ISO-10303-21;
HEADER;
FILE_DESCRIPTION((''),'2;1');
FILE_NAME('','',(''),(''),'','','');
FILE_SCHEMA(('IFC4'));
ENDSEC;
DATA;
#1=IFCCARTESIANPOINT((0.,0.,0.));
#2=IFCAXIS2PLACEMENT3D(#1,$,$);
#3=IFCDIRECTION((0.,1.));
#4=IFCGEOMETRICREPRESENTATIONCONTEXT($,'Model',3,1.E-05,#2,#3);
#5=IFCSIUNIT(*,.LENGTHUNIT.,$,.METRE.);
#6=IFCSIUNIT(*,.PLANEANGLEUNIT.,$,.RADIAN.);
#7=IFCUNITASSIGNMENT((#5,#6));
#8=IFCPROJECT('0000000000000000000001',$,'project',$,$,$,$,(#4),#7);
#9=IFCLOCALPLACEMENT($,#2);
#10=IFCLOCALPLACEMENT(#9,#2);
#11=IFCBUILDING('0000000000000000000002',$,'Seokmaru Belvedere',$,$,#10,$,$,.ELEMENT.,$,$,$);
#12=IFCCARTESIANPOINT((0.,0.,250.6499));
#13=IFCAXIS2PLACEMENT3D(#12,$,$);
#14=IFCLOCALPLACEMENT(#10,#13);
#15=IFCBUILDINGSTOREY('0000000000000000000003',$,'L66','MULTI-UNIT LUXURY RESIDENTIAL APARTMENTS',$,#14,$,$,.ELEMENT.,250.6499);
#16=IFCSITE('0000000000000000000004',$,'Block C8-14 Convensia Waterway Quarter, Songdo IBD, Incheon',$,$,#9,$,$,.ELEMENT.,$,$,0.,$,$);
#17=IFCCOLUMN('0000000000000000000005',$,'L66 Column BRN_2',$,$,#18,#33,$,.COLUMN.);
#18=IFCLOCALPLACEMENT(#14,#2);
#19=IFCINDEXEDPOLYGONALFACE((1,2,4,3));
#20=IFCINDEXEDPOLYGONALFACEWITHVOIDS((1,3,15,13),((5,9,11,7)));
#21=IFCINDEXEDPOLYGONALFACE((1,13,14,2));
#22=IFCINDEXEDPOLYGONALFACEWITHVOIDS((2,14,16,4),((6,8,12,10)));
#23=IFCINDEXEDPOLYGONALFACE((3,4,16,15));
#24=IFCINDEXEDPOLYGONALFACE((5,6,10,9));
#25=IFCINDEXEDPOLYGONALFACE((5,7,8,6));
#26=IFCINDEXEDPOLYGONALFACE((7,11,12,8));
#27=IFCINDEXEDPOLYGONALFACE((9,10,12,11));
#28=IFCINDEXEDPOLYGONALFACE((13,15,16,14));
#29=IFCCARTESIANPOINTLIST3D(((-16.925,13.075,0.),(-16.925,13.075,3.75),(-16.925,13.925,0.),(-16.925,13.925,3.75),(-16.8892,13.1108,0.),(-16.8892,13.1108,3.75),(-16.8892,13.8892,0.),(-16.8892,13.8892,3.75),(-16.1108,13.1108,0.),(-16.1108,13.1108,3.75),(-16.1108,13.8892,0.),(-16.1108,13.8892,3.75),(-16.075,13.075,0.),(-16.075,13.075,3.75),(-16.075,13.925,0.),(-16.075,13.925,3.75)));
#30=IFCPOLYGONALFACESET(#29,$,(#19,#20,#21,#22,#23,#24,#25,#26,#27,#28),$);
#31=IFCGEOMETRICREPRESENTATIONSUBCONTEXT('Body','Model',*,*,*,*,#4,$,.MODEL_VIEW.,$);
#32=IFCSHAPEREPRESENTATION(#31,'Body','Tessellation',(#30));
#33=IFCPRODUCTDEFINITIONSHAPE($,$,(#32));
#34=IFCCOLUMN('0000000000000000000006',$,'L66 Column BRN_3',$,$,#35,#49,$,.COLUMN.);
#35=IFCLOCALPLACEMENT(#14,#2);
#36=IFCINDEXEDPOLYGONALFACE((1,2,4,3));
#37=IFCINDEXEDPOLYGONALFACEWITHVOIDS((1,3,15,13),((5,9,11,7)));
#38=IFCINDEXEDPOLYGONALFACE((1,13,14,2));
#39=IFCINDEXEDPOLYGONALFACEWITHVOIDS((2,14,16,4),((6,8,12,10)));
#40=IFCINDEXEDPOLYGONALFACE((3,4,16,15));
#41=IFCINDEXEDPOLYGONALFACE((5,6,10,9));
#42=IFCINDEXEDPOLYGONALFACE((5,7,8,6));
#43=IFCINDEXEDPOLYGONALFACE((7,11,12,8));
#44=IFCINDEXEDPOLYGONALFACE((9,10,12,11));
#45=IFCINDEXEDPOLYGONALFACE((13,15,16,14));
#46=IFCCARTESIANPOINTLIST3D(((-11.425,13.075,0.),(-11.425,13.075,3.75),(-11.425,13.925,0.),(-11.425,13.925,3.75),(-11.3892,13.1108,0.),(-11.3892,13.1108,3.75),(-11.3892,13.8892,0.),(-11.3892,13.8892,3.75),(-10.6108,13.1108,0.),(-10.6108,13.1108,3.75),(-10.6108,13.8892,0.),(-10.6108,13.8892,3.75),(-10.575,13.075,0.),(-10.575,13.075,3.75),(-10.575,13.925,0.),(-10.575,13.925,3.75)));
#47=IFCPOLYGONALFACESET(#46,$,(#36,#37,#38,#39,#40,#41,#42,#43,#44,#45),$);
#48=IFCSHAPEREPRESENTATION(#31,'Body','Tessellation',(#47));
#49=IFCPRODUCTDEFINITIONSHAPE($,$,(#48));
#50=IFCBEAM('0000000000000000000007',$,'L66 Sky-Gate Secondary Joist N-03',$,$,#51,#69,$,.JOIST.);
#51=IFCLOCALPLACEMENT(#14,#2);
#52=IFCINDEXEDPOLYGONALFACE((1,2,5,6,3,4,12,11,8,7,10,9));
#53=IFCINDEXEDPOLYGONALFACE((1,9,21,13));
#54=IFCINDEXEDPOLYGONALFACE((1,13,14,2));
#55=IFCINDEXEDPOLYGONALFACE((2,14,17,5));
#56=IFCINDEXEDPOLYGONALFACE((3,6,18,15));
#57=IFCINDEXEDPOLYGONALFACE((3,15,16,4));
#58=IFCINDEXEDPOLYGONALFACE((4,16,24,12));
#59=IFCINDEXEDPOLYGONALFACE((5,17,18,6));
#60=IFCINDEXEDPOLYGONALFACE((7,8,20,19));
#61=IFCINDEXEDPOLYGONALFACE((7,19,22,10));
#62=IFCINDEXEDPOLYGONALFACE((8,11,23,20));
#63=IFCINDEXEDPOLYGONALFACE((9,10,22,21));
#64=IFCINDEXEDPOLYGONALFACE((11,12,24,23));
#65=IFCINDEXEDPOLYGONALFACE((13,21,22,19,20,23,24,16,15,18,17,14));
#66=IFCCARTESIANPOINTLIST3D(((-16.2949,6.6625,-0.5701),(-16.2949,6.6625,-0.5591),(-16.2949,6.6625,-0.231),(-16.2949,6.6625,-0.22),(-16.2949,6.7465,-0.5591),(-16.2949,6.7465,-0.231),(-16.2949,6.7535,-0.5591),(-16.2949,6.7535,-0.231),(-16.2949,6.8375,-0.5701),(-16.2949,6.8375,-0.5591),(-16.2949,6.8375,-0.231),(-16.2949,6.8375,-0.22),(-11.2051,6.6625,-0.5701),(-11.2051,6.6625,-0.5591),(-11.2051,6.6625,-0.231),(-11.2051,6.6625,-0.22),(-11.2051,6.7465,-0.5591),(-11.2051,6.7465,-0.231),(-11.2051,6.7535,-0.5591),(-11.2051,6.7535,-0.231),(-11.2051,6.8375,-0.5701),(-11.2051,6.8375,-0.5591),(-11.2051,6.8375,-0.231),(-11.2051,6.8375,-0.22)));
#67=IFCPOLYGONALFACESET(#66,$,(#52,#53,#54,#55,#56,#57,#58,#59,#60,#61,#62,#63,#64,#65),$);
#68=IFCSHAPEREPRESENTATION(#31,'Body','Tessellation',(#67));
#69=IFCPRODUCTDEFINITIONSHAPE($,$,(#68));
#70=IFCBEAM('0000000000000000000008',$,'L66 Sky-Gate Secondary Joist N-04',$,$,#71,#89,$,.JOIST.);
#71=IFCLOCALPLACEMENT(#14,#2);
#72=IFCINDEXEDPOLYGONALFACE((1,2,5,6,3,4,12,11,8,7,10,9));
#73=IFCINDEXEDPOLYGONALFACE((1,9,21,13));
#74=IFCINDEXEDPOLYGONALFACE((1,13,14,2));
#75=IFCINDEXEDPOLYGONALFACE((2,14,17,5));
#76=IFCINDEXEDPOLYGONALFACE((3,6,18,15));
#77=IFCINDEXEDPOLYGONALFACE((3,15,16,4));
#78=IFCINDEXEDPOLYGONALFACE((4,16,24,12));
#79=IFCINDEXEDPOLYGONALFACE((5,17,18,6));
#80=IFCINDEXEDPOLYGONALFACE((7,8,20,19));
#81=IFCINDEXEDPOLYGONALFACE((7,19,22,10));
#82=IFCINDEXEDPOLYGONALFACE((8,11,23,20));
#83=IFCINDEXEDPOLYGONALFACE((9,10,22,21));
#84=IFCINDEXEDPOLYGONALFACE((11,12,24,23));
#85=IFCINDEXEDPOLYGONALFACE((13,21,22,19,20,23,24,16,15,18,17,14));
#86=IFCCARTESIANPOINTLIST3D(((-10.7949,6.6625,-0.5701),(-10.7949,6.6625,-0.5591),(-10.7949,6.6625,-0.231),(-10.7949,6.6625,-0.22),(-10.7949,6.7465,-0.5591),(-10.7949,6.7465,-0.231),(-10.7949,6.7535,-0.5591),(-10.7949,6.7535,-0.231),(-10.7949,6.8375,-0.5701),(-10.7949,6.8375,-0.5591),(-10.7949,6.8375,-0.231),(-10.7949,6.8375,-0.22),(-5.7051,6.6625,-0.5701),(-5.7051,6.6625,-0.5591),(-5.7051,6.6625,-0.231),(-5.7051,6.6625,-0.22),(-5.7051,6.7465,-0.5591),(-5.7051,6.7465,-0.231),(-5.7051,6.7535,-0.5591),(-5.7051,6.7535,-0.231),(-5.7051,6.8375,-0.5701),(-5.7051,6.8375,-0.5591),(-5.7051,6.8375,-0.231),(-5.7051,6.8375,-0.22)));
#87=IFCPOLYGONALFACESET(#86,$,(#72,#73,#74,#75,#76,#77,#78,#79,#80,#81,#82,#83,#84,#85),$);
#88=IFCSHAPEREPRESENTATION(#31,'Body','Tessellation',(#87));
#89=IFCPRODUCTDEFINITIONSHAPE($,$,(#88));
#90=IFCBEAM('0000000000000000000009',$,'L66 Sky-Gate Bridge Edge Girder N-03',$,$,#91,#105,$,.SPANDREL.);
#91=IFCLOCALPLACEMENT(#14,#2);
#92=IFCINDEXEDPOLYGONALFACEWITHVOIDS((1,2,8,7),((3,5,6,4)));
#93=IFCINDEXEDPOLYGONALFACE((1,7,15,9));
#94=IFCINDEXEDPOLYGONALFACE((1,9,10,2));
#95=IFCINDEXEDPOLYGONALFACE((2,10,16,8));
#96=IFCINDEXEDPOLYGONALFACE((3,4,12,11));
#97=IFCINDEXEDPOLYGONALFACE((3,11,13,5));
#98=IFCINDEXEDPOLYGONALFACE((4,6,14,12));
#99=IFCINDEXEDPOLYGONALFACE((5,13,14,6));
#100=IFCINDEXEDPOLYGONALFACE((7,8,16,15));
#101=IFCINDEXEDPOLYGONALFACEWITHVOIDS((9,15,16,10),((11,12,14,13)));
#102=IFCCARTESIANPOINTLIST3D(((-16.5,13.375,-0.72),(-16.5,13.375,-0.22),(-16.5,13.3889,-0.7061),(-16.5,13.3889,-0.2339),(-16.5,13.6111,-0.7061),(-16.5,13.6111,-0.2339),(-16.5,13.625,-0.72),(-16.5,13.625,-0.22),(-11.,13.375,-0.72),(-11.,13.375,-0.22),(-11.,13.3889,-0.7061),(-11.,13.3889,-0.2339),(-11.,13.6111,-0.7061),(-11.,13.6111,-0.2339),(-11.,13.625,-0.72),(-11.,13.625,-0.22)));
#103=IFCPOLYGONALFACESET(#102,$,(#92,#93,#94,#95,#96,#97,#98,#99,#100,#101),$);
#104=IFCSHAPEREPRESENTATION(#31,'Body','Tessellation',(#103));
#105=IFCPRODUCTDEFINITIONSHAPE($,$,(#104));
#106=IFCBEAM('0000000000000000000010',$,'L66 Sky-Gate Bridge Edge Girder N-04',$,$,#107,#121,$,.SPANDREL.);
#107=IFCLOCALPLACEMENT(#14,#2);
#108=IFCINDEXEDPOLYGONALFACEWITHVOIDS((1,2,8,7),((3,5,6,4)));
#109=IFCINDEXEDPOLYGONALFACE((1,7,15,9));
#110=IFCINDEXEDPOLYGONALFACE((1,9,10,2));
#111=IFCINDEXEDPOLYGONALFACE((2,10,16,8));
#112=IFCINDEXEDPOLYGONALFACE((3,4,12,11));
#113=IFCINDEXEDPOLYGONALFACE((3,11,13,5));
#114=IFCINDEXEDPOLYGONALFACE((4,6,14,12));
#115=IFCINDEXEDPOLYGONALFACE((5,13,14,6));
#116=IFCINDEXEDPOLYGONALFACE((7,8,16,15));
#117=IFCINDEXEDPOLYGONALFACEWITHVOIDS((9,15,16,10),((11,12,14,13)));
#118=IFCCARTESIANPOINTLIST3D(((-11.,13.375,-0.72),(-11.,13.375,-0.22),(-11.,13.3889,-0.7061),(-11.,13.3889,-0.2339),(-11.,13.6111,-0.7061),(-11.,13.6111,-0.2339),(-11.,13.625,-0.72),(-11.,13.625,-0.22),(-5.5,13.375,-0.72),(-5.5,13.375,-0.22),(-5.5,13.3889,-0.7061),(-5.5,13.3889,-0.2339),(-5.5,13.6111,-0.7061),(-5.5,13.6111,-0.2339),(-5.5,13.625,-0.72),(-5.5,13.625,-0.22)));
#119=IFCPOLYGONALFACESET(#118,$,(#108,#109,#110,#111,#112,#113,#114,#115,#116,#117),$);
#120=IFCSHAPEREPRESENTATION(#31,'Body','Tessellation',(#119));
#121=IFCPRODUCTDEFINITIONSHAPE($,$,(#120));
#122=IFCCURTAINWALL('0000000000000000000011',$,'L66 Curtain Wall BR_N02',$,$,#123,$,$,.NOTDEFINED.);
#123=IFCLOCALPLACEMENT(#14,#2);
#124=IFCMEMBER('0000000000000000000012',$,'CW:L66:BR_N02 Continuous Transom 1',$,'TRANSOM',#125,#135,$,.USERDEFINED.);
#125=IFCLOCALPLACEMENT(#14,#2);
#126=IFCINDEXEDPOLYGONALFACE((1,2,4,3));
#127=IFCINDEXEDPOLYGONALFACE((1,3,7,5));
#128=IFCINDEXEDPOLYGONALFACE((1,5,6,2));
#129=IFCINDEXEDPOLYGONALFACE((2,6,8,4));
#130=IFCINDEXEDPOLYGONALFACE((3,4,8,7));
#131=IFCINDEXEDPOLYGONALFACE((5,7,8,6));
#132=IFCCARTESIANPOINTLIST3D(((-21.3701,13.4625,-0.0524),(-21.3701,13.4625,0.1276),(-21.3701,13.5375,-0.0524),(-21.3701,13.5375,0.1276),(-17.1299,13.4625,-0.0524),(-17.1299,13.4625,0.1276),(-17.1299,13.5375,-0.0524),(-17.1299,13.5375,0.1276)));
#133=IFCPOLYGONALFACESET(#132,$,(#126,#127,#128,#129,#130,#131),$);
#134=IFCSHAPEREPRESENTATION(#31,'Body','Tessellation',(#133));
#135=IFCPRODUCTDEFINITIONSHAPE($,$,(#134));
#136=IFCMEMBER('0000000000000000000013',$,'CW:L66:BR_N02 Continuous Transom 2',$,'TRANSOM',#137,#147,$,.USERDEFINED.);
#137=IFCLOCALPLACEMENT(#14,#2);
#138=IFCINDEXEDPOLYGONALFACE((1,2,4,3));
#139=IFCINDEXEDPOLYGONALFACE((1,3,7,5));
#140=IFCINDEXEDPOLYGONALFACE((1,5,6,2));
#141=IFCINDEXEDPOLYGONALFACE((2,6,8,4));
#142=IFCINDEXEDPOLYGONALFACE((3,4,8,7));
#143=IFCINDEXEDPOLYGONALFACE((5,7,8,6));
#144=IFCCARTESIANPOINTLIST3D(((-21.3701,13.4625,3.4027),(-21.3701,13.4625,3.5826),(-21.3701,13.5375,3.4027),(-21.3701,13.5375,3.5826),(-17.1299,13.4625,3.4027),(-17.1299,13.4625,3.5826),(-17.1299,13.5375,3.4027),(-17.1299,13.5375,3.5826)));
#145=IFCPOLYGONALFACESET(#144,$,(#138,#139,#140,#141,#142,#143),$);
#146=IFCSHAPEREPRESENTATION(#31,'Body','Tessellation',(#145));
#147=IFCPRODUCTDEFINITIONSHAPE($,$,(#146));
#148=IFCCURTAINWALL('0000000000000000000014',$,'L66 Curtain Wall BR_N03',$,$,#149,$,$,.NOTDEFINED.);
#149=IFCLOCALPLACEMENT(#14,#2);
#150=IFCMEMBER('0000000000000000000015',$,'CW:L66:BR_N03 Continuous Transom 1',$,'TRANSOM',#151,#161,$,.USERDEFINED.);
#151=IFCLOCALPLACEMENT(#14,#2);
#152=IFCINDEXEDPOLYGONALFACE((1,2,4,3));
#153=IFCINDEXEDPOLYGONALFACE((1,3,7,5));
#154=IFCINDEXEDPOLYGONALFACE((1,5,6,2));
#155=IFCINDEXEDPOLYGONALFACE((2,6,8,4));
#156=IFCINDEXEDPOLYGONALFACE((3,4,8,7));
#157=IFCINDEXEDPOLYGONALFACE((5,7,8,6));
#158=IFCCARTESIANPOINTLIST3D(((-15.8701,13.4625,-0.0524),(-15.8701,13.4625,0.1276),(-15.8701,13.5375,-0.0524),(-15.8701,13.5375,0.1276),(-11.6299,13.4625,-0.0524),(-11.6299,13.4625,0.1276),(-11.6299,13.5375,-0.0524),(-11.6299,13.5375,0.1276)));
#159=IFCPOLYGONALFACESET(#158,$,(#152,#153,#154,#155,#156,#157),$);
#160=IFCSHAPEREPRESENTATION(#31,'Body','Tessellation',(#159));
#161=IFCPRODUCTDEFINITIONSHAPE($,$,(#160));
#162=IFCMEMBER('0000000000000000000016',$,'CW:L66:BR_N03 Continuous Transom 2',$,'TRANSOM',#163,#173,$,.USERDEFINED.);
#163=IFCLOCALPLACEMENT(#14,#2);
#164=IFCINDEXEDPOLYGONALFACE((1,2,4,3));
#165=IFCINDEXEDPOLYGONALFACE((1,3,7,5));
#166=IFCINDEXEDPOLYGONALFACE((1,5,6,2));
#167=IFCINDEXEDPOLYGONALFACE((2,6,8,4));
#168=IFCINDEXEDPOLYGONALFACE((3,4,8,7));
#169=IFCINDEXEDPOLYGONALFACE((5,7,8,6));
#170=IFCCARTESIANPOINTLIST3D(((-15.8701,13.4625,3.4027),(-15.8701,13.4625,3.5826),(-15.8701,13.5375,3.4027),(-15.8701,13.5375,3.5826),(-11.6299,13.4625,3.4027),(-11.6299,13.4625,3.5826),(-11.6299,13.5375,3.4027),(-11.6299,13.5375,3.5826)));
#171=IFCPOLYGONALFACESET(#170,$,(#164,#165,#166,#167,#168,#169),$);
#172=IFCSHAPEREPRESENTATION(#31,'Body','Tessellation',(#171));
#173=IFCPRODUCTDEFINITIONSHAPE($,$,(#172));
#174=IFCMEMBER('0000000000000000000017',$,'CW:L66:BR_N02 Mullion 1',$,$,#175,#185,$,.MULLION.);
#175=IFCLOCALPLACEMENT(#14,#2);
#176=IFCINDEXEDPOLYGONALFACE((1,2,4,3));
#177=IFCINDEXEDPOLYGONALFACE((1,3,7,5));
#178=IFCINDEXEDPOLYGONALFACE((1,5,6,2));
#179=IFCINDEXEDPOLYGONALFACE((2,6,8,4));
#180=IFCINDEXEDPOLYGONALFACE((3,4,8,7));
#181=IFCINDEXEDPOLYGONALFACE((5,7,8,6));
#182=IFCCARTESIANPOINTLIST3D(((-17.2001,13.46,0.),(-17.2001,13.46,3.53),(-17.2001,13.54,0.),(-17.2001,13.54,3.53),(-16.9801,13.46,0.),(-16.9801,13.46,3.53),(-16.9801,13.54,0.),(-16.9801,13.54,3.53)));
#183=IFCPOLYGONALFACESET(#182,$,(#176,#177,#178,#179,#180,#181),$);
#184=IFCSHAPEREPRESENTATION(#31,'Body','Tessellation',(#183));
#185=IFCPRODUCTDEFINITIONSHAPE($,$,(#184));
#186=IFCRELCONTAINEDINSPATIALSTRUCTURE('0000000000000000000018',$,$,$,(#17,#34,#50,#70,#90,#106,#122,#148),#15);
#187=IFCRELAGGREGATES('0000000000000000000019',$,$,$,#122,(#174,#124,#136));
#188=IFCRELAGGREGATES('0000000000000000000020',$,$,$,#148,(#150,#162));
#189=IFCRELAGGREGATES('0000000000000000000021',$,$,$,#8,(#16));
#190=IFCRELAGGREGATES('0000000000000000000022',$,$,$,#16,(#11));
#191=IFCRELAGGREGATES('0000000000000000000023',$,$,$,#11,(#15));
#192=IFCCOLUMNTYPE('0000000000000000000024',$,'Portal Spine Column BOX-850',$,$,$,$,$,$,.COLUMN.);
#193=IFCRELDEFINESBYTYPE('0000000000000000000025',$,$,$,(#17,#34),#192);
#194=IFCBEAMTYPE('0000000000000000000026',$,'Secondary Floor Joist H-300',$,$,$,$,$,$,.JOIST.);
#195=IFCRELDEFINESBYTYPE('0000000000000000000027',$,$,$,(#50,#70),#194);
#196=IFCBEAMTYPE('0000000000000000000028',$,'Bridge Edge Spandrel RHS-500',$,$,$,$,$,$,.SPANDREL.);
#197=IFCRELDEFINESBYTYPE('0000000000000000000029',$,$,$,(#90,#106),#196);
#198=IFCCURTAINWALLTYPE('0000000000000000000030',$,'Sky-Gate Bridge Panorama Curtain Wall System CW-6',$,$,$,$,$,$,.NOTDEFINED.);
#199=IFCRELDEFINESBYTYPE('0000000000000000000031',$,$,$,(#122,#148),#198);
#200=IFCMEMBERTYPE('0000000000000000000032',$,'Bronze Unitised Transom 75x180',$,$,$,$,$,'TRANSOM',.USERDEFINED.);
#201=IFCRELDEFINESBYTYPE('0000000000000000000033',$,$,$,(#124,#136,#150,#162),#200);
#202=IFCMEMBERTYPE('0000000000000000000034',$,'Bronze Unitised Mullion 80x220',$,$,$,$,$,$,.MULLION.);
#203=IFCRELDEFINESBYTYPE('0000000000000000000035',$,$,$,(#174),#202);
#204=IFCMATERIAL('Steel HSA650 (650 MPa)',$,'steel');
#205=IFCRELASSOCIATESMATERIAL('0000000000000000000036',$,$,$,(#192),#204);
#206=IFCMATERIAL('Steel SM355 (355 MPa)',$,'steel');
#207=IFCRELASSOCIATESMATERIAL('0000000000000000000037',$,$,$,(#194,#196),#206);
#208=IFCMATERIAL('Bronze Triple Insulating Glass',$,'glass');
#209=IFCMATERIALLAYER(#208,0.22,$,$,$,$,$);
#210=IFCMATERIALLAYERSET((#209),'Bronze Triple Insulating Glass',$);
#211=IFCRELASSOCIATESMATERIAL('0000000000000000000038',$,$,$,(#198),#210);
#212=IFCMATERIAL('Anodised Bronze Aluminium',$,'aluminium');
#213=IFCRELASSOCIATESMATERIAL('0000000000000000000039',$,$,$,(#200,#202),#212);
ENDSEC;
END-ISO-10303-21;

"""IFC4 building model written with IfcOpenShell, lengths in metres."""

from ifc_helpers import new_model, si_unit, direction, frame, origin, origin_2d, place, context, subcontext, project, spatial, rectangle, hollow_rectangle, i_section, extrude, source, transform, mapped, material, layer, layer_set, material_profile, profile_set, type_object, type_shapes, element, aggregate, save


model = new_model("IFC4")

# Units and contexts
model_context = context("Model", 3, precision=1e-05, world=origin(), true_north=direction((0.0, 1.0)))
body_context = subcontext(model_context, "Body", "Model", "MODEL_VIEW")
ifc_project = project(units=[si_unit("LENGTHUNIT", "METRE"), si_unit("PLANEANGLEUNIT", "RADIAN")], contexts=[model_context])

# Site, building, storey
site_placement = place(None, origin())
site = spatial("IfcSite", under=ifc_project, at=site_placement, Name="Block C8-14 Convensia Waterway Quarter, Songdo IBD, Incheon", CompositionType="ELEMENT", RefElevation=0.0)
building_placement = place(site_placement, origin())
building = spatial("IfcBuilding", under=site, at=building_placement, Name="Seokmaru Belvedere", CompositionType="ELEMENT")
storey_placement = place(building_placement, frame((0.0, 0.0, 250.6499)))
storey = spatial("IfcBuildingStorey", under=building, at=storey_placement, Name="L66", Description="MULTI-UNIT LUXURY RESIDENTIAL APARTMENTS", CompositionType="ELEMENT", Elevation=250.6499)

# Columns
ifc_material_1 = material(Name="Steel HSA650 (650 MPa)", Category="steel")
ifc_material_profile_1 = material_profile(ifc_material_1, hollow_rectangle(XDim=0.8501, YDim=0.8501, WallThickness=0.0359, at=origin_2d()), Name="BOX-850x850x36")
ifc_profile_set_1 = profile_set([ifc_material_profile_1], Name="Steel HSA650 (650 MPa)")
column_type = type_object("IfcColumnType", Name="Portal Spine Column BOX-850", PredefinedType="COLUMN", material=ifc_profile_set_1)
shared_shape_1 = source(origin(), body_context, "Body", "SweptSolid", [
    extrude(hollow_rectangle(XDim=0.8501, YDim=0.8501, WallThickness=0.0359, at=origin_2d()), origin(), (0.0, 0.0, 1.0), 3.75),
])
type_shapes(column_type, [shared_shape_1])
for number, where, z_axis, x_axis, name in (
    (1, (-16.5, 13.5, 0.0), (0.0, 0.0, 1.0), (1.0, 0.0, 0.0), "L66 Column BRN_2"),
    (2, (-11.0, 13.5, 0.0), (0.0, 0.0, 1.0), (1.0, 0.0, 0.0), "L66 Column BRN_3"),
):
    element("IfcColumn", number, at=place(storey_placement, frame(where, z_axis=z_axis, x_axis=x_axis)), inside=storey, type_object=column_type, Name=name, PredefinedType="COLUMN", context=body_context, shape_type="MappedRepresentation", body=[
        mapped(shared_shape_1, transform((0.0, 0.0, 0.0), scale=1.0)),
    ])

# Beams
ifc_material_2 = material(Name="Steel SM355 (355 MPa)", Category="steel")
ifc_material_profile_2 = material_profile(ifc_material_2, i_section(OverallWidth=0.175, OverallDepth=0.3501, WebThickness=0.0071, FlangeThickness=0.011, at=origin_2d()), Name="H-350x175x7x11")
ifc_profile_set_2 = profile_set([ifc_material_profile_2], Name="Steel SM355 (355 MPa)")
beam_type_1 = type_object("IfcBeamType", Name="Secondary Floor Joist H-300", PredefinedType="JOIST", material=ifc_profile_set_2)
shared_shape_2 = source(origin(), body_context, "Body", "SweptSolid", [
    extrude(i_section(OverallWidth=0.175, OverallDepth=0.3501, WebThickness=0.0071, FlangeThickness=0.011, at=origin_2d()), origin(), (0.0, 0.0, 1.0), 5.0898),
])
type_shapes(beam_type_1, [shared_shape_2])
for number, where, z_axis, x_axis, name in (
    (3, (-16.2949, 6.75, -0.395), (1.0, 0.0, 0.0), (0.0, 1.0, 0.0), "L66 Sky-Gate Secondary Joist N-03"),
    (4, (-10.7949, 6.75, -0.395), (1.0, 0.0, 0.0), (0.0, 1.0, 0.0), "L66 Sky-Gate Secondary Joist N-04"),
):
    element("IfcBeam", number, at=place(storey_placement, frame(where, z_axis=z_axis, x_axis=x_axis)), inside=storey, type_object=beam_type_1, Name=name, PredefinedType="JOIST", context=body_context, shape_type="MappedRepresentation", body=[
        mapped(shared_shape_2, transform((0.0, 0.0, 0.0), scale=1.0)),
    ])
ifc_material_profile_3 = material_profile(ifc_material_2, hollow_rectangle(XDim=0.25, YDim=0.5, WallThickness=0.0139, at=origin_2d()), Name="RHS-500x250x14")
ifc_profile_set_3 = profile_set([ifc_material_profile_3], Name="Steel SM355 (355 MPa)")
beam_type_2 = type_object("IfcBeamType", Name="Bridge Edge Spandrel RHS-500", PredefinedType="SPANDREL", material=ifc_profile_set_3)
shared_shape_3 = source(origin(), body_context, "Body", "SweptSolid", [
    extrude(hollow_rectangle(XDim=0.25, YDim=0.5, WallThickness=0.0139, at=origin_2d()), origin(), (0.0, 0.0, 1.0), 5.5),
])
type_shapes(beam_type_2, [shared_shape_3])
for number, where, z_axis, x_axis, name in (
    (5, (-16.5, 13.5, -0.47), (1.0, 0.0, 0.0), (0.0, 1.0, 0.0), "L66 Sky-Gate Bridge Edge Girder N-03"),
    (6, (-11.0, 13.5, -0.47), (1.0, 0.0, 0.0), (0.0, 1.0, 0.0), "L66 Sky-Gate Bridge Edge Girder N-04"),
):
    element("IfcBeam", number, at=place(storey_placement, frame(where, z_axis=z_axis, x_axis=x_axis)), inside=storey, type_object=beam_type_2, Name=name, PredefinedType="SPANDREL", context=body_context, shape_type="MappedRepresentation", body=[
        mapped(shared_shape_3, transform((0.0, 0.0, 0.0), scale=1.0)),
    ])

# Curtain walls, members
ifc_material_3 = material(Name="Bronze Triple Insulating Glass", Category="glass")
ifc_layer_1 = layer(ifc_material_3, 0.22)
ifc_layer_set_1 = layer_set([ifc_layer_1], Name="Bronze Triple Insulating Glass")
curtain_wall_type = type_object("IfcCurtainWallType", Name="Sky-Gate Bridge Panorama Curtain Wall System CW-6", PredefinedType="NOTDEFINED", material=ifc_layer_set_1)
curtain_wall_1_placement = place(storey_placement, origin())
curtain_wall_1 = element("IfcCurtainWall", 7, at=curtain_wall_1_placement, inside=storey, type_object=curtain_wall_type, Name="L66 Curtain Wall BR_N02", PredefinedType="NOTDEFINED")
ifc_material_4 = material(Name="Anodised Bronze Aluminium", Category="aluminium")
ifc_material_profile_4 = material_profile(ifc_material_4, rectangle(XDim=0.075, YDim=0.1799, at=origin_2d()), Name="CW-T-75x180")
ifc_profile_set_4 = profile_set([ifc_material_profile_4], Name="Anodised Bronze Aluminium")
member_type_1 = type_object("IfcMemberType", Name="Bronze Unitised Transom 75x180", ElementType="TRANSOM", PredefinedType="USERDEFINED", material=ifc_profile_set_4)
shared_shape_4 = source(origin(), body_context, "Body", "SweptSolid", [
    extrude(rectangle(XDim=0.075, YDim=0.1799, at=origin_2d()), origin(), (0.0, 0.0, 1.0), 4.2402),
])
type_shapes(member_type_1, [shared_shape_4])
member_1_placement = place(storey_placement, frame((-17.1299, 13.5, 0.0376), z_axis=(-1.0, 0.0, 0.0), x_axis=(0.0, -1.0, 0.0)))
member_1 = element("IfcMember", 8, at=member_1_placement, type_object=member_type_1, Name="CW:L66:BR_N02 Continuous Transom 1", ObjectType="TRANSOM", PredefinedType="USERDEFINED", context=body_context, shape_type="MappedRepresentation", body=[
    mapped(shared_shape_4, transform((0.0, 0.0, 0.0), scale=1.0)),
])
member_2_placement = place(storey_placement, frame((-17.1299, 13.5, 3.4927), z_axis=(-1.0, 0.0, 0.0), x_axis=(0.0, -1.0, 0.0)))
member_2 = element("IfcMember", 9, at=member_2_placement, type_object=member_type_1, Name="CW:L66:BR_N02 Continuous Transom 2", ObjectType="TRANSOM", PredefinedType="USERDEFINED", context=body_context, shape_type="MappedRepresentation", body=[
    mapped(shared_shape_4, transform((0.0, 0.0, 0.0), scale=1.0)),
])
curtain_wall_2_placement = place(storey_placement, origin())
curtain_wall_2 = element("IfcCurtainWall", 10, at=curtain_wall_2_placement, inside=storey, type_object=curtain_wall_type, Name="L66 Curtain Wall BR_N03", PredefinedType="NOTDEFINED")
member_3_placement = place(storey_placement, frame((-11.6299, 13.5, 0.0376), z_axis=(-1.0, 0.0, 0.0), x_axis=(0.0, -1.0, 0.0)))
member_3 = element("IfcMember", 11, at=member_3_placement, type_object=member_type_1, Name="CW:L66:BR_N03 Continuous Transom 1", ObjectType="TRANSOM", PredefinedType="USERDEFINED", context=body_context, shape_type="MappedRepresentation", body=[
    mapped(shared_shape_4, transform((0.0, 0.0, 0.0), scale=1.0)),
])
member_4_placement = place(storey_placement, frame((-11.6299, 13.5, 3.4927), z_axis=(-1.0, 0.0, 0.0), x_axis=(0.0, -1.0, 0.0)))
member_4 = element("IfcMember", 12, at=member_4_placement, type_object=member_type_1, Name="CW:L66:BR_N03 Continuous Transom 2", ObjectType="TRANSOM", PredefinedType="USERDEFINED", context=body_context, shape_type="MappedRepresentation", body=[
    mapped(shared_shape_4, transform((0.0, 0.0, 0.0), scale=1.0)),
])

# Member
ifc_material_profile_5 = material_profile(ifc_material_4, rectangle(XDim=0.0801, YDim=0.22, at=origin_2d()), Name="CW-M-80x220")
ifc_profile_set_5 = profile_set([ifc_material_profile_5], Name="Anodised Bronze Aluminium")
member_type_2 = type_object("IfcMemberType", Name="Bronze Unitised Mullion 80x220", PredefinedType="MULLION", material=ifc_profile_set_5)
shared_shape_5 = source(origin(), body_context, "Body", "SweptSolid", [
    extrude(rectangle(XDim=0.0801, YDim=0.22, at=origin_2d()), origin(), (0.0, 0.0, 1.0), 3.53),
])
type_shapes(member_type_2, [shared_shape_5])
member_5_placement = place(storey_placement, frame((-17.0901, 13.5, 0.0), z_axis=(0.0, 0.0, 1.0), x_axis=(0.0, -1.0, 0.0)))
member_5 = element("IfcMember", 13, at=member_5_placement, type_object=member_type_2, Name="CW:L66:BR_N02 Mullion 1", PredefinedType="MULLION", context=body_context, shape_type="MappedRepresentation", body=[
    mapped(shared_shape_5, transform((0.0, 0.0, 0.0), scale=1.0)),
])

aggregate(curtain_wall_1, [member_5, member_1, member_2])
aggregate(curtain_wall_2, [member_3, member_4])

save(model, "model.ifc")
